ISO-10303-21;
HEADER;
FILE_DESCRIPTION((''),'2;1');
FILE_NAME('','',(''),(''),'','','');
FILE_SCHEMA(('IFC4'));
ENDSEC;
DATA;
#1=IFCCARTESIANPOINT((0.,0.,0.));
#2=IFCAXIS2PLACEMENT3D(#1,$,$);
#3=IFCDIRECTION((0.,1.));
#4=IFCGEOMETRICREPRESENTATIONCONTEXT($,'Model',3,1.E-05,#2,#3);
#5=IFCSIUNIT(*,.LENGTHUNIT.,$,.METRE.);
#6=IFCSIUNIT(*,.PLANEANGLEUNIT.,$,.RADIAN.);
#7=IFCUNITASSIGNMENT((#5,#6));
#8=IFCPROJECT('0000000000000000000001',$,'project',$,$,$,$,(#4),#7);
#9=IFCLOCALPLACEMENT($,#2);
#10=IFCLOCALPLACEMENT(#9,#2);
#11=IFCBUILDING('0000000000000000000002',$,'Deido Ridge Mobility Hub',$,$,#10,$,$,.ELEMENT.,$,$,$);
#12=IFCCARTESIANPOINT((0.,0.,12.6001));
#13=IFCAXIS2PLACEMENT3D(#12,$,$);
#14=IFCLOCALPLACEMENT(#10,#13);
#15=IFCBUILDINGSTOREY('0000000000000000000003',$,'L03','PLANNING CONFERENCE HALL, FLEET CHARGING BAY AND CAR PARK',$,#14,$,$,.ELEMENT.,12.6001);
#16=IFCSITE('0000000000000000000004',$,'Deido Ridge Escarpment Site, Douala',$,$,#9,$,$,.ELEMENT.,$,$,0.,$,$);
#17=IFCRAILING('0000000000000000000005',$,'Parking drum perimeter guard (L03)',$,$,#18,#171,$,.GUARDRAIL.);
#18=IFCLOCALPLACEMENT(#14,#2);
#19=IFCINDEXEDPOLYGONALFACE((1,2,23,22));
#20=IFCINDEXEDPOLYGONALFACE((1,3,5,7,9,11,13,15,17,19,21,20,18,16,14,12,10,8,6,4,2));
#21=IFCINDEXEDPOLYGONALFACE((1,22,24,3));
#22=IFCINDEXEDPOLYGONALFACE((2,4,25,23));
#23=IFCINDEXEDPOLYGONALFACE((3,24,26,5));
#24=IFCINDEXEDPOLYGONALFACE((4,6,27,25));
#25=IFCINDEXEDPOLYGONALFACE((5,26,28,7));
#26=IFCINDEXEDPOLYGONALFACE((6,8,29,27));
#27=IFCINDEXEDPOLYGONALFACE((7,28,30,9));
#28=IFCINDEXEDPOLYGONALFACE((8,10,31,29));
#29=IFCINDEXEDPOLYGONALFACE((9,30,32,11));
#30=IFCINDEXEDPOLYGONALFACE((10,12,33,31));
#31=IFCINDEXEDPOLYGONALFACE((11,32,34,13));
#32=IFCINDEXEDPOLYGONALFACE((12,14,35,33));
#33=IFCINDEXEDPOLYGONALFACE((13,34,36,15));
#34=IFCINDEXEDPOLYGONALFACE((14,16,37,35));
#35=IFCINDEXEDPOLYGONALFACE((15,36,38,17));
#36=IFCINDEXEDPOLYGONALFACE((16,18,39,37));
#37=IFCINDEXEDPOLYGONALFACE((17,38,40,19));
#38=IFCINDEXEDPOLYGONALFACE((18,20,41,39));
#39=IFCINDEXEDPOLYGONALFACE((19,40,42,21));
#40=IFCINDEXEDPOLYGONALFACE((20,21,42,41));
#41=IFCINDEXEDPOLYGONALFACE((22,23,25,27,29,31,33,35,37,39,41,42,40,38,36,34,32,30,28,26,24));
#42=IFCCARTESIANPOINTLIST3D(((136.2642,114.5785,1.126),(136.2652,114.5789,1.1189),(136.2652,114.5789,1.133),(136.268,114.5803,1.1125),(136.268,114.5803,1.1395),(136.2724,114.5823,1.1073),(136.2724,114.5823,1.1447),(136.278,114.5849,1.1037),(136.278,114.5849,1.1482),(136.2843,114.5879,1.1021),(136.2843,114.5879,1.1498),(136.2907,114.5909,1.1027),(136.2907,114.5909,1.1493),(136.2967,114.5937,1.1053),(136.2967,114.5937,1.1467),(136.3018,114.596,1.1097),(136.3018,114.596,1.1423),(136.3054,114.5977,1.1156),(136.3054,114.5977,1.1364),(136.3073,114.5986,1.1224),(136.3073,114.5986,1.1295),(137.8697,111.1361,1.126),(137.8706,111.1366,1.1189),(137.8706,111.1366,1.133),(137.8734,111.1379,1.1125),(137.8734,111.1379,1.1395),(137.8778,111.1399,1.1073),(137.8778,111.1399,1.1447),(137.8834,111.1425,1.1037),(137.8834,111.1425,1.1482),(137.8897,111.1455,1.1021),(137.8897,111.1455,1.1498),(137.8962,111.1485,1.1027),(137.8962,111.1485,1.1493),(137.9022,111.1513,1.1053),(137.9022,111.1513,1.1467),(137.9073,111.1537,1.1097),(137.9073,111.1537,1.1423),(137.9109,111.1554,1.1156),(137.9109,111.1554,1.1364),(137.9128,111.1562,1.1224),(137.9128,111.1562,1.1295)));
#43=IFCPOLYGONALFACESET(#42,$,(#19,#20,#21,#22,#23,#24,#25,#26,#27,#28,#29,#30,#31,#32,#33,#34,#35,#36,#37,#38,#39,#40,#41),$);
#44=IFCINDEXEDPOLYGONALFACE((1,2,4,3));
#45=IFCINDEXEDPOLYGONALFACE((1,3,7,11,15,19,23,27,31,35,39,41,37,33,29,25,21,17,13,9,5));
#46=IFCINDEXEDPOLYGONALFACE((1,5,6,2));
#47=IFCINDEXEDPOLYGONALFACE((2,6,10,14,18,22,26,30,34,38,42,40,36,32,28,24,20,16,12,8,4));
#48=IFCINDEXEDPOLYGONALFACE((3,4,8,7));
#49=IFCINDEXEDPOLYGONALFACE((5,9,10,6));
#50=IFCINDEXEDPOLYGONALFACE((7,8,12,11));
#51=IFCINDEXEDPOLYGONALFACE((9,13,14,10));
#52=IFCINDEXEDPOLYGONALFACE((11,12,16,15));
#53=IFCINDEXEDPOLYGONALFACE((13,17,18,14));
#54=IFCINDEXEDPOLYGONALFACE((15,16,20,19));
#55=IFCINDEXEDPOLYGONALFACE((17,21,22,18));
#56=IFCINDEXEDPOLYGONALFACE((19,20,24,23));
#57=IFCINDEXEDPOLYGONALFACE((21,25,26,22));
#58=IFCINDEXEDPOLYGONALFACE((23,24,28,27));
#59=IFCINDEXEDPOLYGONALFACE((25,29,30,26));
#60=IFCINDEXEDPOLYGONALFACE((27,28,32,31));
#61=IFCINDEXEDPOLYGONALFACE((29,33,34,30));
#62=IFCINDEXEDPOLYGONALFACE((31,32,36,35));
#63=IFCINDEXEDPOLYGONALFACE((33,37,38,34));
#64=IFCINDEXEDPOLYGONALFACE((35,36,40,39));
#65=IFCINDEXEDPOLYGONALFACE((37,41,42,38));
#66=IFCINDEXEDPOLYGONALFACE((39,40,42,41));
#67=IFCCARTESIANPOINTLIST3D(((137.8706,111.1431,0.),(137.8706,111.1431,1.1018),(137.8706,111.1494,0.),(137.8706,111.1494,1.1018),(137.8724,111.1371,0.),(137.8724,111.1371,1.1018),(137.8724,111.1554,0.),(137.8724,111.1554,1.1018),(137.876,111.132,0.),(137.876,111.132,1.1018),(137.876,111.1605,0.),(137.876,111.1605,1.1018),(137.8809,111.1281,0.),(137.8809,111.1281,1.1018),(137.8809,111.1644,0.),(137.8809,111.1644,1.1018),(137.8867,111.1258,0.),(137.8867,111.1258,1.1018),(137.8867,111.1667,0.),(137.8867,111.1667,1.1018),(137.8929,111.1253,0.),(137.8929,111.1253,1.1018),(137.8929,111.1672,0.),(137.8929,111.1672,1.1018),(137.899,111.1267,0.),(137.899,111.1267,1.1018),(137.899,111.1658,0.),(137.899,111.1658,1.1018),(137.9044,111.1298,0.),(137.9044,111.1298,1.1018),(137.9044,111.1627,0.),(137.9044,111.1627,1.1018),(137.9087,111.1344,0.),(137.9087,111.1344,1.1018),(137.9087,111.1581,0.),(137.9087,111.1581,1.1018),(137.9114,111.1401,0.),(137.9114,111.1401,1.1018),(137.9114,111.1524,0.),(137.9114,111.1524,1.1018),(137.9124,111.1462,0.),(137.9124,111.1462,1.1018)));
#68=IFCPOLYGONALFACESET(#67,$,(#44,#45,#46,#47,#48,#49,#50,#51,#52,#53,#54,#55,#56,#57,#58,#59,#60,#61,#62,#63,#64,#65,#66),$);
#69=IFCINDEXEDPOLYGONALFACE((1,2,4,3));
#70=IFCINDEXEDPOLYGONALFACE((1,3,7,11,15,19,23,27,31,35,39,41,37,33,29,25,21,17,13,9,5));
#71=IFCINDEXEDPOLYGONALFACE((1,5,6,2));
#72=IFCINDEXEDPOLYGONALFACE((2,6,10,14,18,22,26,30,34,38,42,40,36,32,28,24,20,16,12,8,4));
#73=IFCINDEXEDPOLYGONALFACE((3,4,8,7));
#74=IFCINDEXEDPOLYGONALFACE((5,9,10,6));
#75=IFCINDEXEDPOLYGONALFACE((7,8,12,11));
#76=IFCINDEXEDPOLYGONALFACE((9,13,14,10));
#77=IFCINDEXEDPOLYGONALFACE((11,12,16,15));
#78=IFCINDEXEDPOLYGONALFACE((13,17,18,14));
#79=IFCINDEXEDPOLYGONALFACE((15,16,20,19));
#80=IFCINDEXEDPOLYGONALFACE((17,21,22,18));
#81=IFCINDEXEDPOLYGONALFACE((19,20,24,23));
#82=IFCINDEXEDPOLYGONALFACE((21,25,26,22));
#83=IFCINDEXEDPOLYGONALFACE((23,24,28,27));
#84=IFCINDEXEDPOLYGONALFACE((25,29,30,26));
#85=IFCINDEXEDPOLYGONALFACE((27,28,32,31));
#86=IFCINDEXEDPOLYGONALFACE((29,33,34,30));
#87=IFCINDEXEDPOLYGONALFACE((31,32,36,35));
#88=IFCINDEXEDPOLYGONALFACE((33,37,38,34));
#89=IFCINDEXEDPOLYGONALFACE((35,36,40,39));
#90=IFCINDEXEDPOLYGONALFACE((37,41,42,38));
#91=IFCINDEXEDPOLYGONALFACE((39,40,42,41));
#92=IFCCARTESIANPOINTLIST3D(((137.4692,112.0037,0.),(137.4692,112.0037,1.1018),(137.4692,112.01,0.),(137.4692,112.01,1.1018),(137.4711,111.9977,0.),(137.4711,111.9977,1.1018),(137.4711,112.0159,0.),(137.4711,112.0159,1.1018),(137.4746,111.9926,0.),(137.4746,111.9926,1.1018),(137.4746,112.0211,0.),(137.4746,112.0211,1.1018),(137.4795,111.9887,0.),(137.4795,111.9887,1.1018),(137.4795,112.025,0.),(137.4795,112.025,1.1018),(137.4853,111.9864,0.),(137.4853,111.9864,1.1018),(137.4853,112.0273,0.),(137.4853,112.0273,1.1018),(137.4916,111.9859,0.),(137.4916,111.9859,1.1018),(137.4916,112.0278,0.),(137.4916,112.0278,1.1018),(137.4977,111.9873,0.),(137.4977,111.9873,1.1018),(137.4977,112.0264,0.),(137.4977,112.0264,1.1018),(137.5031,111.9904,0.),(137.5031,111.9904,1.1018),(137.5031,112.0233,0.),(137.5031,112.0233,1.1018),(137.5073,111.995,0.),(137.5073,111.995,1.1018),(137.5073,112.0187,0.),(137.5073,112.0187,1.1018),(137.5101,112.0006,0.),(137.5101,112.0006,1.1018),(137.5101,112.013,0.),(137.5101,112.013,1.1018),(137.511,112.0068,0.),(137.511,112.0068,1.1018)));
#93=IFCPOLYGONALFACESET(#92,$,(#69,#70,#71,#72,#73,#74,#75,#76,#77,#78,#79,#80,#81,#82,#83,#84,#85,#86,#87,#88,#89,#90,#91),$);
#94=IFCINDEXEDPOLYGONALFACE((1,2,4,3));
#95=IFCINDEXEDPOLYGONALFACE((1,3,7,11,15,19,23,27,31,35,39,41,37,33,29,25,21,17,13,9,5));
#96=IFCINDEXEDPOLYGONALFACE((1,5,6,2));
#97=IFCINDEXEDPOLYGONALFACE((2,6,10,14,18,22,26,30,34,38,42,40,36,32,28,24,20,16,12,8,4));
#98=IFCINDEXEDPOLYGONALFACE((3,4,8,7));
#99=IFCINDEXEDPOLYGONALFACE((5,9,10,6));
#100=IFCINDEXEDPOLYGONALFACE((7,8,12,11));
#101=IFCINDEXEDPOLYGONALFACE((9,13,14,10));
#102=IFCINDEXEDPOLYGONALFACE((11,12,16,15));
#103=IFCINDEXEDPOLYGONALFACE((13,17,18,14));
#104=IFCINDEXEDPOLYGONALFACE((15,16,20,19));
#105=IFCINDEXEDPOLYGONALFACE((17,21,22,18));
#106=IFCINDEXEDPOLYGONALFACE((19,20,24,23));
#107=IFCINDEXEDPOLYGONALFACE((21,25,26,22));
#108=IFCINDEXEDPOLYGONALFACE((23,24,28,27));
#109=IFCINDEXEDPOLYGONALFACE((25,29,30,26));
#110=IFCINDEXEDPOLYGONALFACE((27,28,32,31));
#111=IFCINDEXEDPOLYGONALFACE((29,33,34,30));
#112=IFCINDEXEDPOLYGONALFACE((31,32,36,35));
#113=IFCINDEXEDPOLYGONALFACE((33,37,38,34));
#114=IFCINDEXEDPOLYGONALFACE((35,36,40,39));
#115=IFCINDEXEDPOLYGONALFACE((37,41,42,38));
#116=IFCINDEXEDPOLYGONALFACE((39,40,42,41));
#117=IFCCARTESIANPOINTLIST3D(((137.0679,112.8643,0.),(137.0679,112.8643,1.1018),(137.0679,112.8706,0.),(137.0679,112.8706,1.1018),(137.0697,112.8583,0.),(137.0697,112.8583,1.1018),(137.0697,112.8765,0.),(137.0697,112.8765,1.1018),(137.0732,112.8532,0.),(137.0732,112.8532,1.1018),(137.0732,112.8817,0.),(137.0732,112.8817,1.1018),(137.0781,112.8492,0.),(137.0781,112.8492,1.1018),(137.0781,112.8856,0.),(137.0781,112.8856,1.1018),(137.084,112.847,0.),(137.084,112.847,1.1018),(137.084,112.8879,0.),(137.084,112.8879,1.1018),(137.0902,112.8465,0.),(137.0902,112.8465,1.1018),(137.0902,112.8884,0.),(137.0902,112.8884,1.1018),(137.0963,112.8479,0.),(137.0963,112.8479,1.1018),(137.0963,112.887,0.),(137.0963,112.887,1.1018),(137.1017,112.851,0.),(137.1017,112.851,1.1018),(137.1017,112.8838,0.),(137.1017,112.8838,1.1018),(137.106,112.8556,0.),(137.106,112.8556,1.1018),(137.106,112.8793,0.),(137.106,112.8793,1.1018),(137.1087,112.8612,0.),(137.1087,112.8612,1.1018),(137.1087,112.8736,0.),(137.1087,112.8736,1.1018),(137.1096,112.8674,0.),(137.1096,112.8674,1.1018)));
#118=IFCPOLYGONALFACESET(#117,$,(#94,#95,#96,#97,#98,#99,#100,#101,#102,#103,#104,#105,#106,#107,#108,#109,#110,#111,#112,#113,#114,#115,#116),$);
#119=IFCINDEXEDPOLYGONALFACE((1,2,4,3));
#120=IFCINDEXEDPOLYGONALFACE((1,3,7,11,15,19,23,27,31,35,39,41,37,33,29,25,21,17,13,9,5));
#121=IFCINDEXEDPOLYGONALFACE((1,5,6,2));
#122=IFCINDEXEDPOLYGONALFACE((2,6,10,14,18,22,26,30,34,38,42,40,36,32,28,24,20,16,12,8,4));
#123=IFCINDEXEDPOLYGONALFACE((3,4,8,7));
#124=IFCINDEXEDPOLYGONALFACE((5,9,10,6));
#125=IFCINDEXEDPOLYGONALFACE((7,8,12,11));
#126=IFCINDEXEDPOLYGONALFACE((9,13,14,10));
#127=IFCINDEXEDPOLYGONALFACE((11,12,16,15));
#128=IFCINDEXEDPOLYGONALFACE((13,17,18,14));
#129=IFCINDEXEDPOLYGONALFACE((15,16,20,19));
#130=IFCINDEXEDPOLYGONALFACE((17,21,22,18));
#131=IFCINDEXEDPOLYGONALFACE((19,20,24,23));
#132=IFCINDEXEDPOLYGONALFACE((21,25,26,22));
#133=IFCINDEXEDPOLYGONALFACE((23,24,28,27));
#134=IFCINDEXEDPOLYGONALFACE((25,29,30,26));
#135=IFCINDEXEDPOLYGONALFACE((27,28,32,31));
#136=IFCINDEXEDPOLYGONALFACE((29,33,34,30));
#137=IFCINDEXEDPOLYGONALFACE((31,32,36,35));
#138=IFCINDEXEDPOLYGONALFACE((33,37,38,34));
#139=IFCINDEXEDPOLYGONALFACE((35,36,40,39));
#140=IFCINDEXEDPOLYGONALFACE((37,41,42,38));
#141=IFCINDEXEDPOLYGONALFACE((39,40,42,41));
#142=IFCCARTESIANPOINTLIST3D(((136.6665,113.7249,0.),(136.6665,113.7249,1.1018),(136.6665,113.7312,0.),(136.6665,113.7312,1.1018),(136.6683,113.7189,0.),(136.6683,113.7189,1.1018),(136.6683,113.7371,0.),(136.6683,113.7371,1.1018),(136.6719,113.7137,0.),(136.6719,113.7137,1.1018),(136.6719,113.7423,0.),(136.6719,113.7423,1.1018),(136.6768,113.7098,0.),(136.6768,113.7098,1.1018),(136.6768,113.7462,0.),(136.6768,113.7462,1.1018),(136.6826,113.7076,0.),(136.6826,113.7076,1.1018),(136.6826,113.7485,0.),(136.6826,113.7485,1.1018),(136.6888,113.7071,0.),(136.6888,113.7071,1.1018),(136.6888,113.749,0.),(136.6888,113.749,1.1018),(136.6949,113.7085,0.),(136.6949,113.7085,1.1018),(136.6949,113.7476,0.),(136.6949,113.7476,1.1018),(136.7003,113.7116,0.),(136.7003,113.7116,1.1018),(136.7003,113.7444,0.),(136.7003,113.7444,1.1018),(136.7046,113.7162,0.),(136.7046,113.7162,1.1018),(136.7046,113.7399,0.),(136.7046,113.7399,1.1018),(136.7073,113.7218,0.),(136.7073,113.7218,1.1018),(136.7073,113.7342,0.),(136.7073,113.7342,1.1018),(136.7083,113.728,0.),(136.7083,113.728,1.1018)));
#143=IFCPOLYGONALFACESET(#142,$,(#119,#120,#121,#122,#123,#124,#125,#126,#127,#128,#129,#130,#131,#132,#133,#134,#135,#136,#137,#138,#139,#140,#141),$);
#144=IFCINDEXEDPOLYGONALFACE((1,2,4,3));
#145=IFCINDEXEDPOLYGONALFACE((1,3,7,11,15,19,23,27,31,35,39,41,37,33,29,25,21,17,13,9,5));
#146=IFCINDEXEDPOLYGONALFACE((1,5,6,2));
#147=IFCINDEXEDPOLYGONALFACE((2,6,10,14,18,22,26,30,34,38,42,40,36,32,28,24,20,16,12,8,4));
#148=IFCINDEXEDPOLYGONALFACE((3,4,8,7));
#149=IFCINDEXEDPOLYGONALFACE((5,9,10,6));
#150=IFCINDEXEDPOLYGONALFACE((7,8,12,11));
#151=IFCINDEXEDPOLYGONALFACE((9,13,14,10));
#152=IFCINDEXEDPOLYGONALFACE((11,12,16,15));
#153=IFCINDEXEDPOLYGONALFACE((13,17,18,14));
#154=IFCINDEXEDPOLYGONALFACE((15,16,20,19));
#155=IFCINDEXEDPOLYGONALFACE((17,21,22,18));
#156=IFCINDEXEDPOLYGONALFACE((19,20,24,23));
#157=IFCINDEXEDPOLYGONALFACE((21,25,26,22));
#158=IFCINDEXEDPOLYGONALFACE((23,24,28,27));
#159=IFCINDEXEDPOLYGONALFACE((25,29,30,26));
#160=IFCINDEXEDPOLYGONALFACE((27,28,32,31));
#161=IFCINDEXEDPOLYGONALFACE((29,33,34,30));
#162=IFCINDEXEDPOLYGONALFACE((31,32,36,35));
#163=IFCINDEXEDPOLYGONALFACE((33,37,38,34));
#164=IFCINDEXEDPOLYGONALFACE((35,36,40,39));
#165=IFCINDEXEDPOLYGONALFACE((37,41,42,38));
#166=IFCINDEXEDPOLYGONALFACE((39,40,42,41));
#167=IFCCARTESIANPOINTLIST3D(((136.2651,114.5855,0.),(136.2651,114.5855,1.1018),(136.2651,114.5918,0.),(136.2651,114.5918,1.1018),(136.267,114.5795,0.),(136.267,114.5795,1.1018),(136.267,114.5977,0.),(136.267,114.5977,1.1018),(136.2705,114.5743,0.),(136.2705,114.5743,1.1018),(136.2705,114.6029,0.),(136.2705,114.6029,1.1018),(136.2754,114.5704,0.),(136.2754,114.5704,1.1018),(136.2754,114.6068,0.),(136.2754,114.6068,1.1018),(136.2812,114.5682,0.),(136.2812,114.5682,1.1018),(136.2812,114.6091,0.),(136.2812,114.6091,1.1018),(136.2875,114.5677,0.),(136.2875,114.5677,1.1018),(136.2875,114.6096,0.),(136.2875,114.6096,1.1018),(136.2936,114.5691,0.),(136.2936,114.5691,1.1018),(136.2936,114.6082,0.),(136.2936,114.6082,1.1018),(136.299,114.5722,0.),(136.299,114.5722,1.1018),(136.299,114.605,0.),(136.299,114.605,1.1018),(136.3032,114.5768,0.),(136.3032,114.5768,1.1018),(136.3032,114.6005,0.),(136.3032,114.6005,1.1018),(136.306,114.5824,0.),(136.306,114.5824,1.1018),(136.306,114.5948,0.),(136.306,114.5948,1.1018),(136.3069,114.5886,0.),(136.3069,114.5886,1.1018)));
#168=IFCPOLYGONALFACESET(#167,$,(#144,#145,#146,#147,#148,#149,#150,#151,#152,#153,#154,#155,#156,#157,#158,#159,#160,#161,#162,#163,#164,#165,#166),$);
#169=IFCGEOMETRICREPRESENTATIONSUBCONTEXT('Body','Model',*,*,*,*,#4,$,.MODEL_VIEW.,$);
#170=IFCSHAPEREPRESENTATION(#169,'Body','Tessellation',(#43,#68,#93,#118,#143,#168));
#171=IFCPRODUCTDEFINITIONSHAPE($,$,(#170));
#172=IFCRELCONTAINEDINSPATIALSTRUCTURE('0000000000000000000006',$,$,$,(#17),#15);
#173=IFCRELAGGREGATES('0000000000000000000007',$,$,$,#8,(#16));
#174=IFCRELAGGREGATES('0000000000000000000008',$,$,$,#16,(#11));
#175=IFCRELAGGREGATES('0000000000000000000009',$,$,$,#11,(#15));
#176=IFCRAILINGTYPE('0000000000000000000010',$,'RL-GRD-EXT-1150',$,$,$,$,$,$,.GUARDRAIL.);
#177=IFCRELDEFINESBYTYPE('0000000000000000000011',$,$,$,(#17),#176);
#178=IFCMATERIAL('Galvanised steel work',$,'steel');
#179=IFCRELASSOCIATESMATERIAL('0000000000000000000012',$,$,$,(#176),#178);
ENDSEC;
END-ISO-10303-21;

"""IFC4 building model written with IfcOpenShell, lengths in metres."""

from ifc_helpers import new_model, si_unit, direction, frame, origin, origin_2d, place, context, subcontext, project, spatial, circle, extrude, material, type_object, element, save


model = new_model("IFC4")

# Units and contexts
model_context = context("Model", 3, precision=1e-05, world=origin(), true_north=direction((0.0, 1.0)))
body_context = subcontext(model_context, "Body", "Model", "MODEL_VIEW")
ifc_project = project(units=[si_unit("LENGTHUNIT", "METRE"), si_unit("PLANEANGLEUNIT", "RADIAN")], contexts=[model_context])

# Site, building, storey
site_placement = place(None, origin())
site = spatial("IfcSite", under=ifc_project, at=site_placement, Name="Deido Ridge Escarpment Site, Douala", CompositionType="ELEMENT", RefElevation=0.0)
building_placement = place(site_placement, origin())
building = spatial("IfcBuilding", under=site, at=building_placement, Name="Deido Ridge Mobility Hub", CompositionType="ELEMENT")
storey_placement = place(building_placement, frame((0.0, 0.0, 12.6001)))
storey = spatial("IfcBuildingStorey", under=building, at=storey_placement, Name="L03", Description="PLANNING CONFERENCE HALL, FLEET CHARGING BAY AND CAR PARK", CompositionType="ELEMENT", Elevation=12.6001)

# Railing
ifc_material_1 = material(Name="Galvanised steel work", Category="steel")
railing_type = type_object("IfcRailingType", Name="RL-GRD-EXT-1150", PredefinedType="GUARDRAIL", material=ifc_material_1)
railing_1_placement = place(storey_placement, frame((137.8914, 111.1462, 0.0)))
element("IfcRailing", 1, at=railing_1_placement, inside=storey, type_object=railing_type, Name="Parking drum perimeter guard (L03)", PredefinedType="GUARDRAIL", context=body_context, shape_type="SweptSolid", body=[
    extrude(circle(Radius=0.0239, at=origin_2d()), frame((0.0, 0.0, 1.126), z_axis=(-0.422674, 0.906282, 0.0), x_axis=(-0.906282, -0.422674, 0.0)), (0.0, 0.0, 1.0), 3.7983),
    extrude(circle(Radius=0.021, at=origin_2d()), origin(), (0.0, 0.0, 1.0), 1.1018),
    extrude(circle(Radius=0.021, at=origin_2d()), frame((-0.4014, 0.8606, 0.0)), (0.0, 0.0, 1.0), 1.1018),
    extrude(circle(Radius=0.021, at=origin_2d()), frame((-0.8027, 1.7212, 0.0)), (0.0, 0.0, 1.0), 1.1018),
    extrude(circle(Radius=0.021, at=origin_2d()), frame((-1.2041, 2.5818, 0.0)), (0.0, 0.0, 1.0), 1.1018),
    extrude(circle(Radius=0.021, at=origin_2d()), frame((-1.6055, 3.4424, 0.0)), (0.0, 0.0, 1.0), 1.1018),
])

save(model, "model.ifc")
